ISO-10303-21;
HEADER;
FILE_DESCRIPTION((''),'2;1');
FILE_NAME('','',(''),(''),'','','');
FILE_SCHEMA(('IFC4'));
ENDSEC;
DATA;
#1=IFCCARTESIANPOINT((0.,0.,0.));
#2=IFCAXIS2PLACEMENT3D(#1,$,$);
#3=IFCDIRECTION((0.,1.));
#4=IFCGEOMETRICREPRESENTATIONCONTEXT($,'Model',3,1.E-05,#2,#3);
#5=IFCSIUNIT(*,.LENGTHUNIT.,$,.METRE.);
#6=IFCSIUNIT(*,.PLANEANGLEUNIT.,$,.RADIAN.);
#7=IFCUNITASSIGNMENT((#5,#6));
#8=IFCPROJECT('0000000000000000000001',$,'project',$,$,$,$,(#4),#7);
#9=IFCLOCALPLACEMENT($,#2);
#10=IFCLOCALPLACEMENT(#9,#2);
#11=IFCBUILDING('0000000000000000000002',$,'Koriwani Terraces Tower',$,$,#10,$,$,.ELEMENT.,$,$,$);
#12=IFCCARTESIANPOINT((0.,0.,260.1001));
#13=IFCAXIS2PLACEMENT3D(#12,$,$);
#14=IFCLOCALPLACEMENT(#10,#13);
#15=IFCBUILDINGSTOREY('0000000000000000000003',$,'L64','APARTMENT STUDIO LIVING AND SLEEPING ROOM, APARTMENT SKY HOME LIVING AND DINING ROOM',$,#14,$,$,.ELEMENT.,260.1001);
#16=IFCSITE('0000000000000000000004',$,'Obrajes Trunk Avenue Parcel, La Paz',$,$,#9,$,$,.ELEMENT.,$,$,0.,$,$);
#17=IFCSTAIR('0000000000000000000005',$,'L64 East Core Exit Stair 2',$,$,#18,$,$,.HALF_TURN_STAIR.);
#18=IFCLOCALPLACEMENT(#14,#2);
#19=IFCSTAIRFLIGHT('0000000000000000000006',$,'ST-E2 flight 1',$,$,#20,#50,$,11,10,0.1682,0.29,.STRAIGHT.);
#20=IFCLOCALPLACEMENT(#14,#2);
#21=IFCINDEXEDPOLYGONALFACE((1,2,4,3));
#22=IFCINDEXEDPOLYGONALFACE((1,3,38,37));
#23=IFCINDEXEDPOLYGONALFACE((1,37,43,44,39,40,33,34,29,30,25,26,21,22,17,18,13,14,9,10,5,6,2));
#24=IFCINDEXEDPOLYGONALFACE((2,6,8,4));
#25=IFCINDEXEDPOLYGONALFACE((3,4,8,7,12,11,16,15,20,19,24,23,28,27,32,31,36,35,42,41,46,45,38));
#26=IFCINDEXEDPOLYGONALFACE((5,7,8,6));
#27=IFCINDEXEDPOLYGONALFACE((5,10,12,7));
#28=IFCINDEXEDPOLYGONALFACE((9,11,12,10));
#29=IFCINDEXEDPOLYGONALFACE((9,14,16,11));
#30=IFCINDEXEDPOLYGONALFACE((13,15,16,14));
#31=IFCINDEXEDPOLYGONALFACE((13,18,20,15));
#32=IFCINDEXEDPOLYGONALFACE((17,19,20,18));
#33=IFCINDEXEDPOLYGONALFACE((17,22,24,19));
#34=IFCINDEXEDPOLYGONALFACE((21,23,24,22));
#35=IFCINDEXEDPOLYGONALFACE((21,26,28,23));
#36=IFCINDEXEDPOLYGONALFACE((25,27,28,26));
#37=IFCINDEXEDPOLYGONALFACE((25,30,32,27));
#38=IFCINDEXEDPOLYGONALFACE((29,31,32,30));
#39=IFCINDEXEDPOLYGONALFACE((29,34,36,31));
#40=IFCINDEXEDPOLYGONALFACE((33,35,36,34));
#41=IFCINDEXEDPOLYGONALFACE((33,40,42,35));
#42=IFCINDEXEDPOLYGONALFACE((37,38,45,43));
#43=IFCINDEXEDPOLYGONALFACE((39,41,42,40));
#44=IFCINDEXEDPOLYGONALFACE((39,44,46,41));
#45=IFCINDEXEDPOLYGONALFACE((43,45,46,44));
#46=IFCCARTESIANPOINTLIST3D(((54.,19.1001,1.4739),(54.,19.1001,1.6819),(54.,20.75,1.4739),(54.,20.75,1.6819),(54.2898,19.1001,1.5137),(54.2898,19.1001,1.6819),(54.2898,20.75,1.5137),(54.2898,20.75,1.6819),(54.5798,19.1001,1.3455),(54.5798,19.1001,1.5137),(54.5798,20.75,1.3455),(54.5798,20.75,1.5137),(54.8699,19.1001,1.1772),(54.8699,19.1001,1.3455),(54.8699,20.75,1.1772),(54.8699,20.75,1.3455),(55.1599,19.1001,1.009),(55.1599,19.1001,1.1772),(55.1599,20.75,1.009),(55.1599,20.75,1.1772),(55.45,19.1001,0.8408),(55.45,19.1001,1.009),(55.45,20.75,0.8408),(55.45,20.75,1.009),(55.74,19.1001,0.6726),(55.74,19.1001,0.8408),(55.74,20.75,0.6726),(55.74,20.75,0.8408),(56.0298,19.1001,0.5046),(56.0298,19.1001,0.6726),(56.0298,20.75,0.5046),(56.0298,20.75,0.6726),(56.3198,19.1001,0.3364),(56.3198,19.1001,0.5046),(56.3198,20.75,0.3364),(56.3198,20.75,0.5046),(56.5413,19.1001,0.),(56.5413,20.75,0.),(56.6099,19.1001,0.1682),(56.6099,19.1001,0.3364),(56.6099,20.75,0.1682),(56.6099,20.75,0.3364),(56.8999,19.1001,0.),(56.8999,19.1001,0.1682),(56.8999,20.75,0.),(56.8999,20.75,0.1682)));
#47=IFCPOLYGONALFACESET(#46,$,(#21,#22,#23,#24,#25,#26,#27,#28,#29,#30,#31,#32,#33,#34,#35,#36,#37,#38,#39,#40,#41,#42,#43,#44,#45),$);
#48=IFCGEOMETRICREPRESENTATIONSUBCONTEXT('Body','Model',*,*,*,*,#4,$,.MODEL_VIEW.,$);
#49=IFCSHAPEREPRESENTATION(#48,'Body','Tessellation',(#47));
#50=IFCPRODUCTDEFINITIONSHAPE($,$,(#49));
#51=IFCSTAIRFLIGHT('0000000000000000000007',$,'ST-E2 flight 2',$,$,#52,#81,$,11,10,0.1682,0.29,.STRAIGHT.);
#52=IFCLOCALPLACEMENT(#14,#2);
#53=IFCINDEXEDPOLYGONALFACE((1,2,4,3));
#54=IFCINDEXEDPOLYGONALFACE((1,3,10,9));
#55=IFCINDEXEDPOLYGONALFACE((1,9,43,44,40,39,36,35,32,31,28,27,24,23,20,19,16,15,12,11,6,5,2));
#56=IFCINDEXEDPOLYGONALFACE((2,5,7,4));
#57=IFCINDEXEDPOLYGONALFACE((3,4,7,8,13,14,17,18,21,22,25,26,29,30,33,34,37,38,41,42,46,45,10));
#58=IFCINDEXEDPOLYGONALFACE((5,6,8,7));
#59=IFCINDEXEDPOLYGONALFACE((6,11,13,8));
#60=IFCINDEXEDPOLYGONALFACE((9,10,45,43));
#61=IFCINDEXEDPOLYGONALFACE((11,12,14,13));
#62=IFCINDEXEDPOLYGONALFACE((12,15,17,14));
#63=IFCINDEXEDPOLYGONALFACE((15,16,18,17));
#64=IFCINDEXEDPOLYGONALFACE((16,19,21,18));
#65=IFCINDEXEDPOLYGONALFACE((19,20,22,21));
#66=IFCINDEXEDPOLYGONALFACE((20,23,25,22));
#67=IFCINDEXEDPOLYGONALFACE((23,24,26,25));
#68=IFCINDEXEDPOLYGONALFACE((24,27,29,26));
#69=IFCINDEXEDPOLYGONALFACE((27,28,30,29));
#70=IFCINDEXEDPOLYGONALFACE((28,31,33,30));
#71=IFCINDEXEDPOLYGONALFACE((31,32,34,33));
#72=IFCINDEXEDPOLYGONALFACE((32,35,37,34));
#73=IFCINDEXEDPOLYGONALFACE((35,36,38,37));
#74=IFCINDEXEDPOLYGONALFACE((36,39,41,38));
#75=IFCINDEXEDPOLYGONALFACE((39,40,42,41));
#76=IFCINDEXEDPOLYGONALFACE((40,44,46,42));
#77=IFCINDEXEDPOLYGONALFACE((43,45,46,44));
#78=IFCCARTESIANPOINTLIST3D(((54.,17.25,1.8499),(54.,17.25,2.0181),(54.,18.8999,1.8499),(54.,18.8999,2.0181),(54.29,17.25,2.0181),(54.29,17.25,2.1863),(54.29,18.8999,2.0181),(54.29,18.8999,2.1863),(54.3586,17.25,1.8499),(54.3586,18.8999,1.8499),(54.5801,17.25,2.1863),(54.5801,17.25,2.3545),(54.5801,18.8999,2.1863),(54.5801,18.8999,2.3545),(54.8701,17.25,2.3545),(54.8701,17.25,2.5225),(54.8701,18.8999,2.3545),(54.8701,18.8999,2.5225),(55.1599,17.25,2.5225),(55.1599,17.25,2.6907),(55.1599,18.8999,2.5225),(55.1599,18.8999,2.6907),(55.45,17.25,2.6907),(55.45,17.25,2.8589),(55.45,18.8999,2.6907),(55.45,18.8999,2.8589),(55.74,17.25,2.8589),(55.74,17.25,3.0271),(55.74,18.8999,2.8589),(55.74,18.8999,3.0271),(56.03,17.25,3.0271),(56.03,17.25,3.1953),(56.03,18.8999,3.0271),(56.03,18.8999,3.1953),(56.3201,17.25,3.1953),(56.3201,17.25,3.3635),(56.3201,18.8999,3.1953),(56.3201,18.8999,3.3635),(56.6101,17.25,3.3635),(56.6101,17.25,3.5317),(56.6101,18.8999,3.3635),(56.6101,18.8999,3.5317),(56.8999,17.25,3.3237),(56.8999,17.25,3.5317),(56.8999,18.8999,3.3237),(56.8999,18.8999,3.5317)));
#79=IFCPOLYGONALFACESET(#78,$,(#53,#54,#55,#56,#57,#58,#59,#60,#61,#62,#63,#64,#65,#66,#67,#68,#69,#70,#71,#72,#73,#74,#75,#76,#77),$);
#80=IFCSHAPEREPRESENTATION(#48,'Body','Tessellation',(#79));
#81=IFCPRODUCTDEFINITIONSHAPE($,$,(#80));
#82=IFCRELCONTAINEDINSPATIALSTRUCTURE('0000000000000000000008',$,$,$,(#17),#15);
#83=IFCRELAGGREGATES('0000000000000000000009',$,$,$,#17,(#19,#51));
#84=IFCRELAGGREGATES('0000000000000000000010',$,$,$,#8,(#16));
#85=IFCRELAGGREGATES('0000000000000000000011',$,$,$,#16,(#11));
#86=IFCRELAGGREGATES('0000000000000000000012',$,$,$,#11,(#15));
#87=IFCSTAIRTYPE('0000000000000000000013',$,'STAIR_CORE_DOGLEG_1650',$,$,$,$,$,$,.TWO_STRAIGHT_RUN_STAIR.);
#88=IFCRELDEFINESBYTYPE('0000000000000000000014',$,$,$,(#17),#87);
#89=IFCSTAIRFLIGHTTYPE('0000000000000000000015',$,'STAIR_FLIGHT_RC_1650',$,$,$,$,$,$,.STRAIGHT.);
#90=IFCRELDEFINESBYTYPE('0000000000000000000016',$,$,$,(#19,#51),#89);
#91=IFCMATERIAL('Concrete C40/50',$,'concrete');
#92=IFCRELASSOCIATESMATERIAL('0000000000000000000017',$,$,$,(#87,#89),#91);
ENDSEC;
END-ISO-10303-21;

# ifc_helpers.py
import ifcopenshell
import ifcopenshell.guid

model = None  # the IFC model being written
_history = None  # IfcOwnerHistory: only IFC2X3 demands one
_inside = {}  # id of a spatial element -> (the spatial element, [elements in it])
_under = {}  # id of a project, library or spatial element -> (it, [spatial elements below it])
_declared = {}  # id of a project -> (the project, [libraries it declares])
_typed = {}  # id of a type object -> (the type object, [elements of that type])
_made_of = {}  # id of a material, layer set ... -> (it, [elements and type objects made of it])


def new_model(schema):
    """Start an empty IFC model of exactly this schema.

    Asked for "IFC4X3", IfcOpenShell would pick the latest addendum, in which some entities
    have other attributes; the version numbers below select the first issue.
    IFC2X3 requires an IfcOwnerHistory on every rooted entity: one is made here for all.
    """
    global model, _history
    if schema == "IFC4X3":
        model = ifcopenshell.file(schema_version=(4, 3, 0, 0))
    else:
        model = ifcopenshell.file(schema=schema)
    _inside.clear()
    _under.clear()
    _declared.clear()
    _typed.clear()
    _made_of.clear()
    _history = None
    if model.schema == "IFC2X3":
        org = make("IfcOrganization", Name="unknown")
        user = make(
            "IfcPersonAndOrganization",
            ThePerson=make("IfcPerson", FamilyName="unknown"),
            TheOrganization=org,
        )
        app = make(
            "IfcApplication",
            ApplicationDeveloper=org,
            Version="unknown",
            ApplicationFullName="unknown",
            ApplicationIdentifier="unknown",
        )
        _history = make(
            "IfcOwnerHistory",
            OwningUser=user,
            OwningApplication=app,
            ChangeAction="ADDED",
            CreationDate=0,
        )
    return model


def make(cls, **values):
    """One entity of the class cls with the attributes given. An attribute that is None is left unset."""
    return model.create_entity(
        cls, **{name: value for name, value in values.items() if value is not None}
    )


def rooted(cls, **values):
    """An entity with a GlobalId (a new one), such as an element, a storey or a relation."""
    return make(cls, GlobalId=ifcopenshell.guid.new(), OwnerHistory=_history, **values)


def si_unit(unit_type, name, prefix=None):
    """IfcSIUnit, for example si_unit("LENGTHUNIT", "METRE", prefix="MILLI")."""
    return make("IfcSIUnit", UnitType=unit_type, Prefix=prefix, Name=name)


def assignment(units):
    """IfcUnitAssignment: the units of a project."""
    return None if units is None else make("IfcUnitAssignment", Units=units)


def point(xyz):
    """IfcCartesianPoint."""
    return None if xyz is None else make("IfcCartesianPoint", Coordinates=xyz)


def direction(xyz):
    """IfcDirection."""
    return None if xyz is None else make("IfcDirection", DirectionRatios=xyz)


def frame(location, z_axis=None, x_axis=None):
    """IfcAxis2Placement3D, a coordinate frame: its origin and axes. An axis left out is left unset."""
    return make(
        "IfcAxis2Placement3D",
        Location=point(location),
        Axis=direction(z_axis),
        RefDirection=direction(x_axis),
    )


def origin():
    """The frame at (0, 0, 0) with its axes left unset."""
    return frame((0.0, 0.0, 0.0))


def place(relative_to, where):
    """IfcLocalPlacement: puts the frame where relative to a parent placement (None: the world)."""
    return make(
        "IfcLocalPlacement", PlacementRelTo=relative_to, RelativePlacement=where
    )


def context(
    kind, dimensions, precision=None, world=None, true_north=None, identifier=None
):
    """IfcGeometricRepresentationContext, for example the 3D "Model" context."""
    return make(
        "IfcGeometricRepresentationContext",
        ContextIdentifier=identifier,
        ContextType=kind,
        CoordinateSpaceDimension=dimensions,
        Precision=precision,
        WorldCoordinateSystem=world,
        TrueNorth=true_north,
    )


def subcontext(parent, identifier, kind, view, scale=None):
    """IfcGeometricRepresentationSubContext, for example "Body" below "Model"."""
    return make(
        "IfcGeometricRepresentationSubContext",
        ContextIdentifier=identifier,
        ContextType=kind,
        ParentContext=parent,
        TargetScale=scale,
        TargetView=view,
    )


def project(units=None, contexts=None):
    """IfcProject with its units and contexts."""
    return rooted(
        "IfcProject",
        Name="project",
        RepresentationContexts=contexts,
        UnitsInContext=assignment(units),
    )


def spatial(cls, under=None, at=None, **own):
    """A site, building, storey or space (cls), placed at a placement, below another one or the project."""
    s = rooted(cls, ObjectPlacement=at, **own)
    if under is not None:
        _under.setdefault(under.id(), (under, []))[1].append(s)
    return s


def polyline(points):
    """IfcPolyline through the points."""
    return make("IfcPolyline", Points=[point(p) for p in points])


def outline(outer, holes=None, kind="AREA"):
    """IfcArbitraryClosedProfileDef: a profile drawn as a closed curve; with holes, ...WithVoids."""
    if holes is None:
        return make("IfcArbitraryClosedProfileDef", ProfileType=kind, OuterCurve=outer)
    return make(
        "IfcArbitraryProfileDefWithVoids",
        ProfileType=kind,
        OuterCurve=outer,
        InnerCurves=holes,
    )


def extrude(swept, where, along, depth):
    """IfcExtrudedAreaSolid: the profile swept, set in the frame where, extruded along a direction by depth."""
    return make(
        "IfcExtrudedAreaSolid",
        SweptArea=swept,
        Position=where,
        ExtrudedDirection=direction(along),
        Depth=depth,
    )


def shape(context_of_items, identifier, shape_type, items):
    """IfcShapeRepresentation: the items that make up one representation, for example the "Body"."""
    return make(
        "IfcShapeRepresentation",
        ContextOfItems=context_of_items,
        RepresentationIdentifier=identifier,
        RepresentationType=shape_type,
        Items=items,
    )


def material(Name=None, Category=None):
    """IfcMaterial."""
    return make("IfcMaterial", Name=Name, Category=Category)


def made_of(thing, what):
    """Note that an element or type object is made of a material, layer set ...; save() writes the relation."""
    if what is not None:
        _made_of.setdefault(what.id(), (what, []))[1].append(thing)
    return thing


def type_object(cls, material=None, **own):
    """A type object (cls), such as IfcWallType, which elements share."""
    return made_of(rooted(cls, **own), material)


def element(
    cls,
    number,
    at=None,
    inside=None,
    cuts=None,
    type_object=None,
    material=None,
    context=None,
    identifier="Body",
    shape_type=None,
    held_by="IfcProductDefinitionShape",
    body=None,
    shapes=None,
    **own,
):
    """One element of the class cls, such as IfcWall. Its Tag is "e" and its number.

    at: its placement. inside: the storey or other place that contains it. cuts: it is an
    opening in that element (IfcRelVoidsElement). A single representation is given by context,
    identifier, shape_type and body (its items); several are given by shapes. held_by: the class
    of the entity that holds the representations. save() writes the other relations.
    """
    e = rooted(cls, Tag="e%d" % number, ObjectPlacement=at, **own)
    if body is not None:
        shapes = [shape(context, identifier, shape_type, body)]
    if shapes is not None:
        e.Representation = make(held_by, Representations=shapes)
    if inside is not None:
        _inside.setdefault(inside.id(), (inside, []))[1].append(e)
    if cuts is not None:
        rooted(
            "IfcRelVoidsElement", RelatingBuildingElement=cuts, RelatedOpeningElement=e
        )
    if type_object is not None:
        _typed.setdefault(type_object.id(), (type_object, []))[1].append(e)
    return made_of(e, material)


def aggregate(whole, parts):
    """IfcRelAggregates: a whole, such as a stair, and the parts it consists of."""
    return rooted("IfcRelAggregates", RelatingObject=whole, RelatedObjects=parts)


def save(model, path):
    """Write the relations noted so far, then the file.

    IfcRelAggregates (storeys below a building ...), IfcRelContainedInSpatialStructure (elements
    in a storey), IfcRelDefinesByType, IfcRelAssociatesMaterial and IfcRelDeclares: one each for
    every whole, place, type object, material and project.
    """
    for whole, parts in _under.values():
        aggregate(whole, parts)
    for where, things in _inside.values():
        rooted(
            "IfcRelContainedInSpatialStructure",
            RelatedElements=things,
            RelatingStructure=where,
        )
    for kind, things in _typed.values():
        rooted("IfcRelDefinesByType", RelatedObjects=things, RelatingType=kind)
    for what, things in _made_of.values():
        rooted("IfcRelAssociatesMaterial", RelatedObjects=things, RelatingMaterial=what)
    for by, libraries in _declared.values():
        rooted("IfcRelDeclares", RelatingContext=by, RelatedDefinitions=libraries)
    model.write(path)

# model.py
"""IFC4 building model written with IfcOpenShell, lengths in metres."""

from ifc_helpers import new_model, si_unit, direction, frame, origin, place, context, subcontext, project, spatial, polyline, outline, extrude, material, type_object, element, aggregate, save


model = new_model("IFC4")

# Units and contexts
model_context = context("Model", 3, precision=1e-05, world=origin(), true_north=direction((0.0, 1.0)))
body_context = subcontext(model_context, "Body", "Model", "MODEL_VIEW")
ifc_project = project(units=[si_unit("LENGTHUNIT", "METRE"), si_unit("PLANEANGLEUNIT", "RADIAN")], contexts=[model_context])

# Site, building, storey
site_placement = place(None, origin())
site = spatial("IfcSite", under=ifc_project, at=site_placement, Name="Obrajes Trunk Avenue Parcel, La Paz", CompositionType="ELEMENT", RefElevation=0.0)
building_placement = place(site_placement, origin())
building = spatial("IfcBuilding", under=site, at=building_placement, Name="Koriwani Terraces Tower", CompositionType="ELEMENT")
storey_placement = place(building_placement, frame((0.0, 0.0, 260.1001)))
storey = spatial("IfcBuildingStorey", under=building, at=storey_placement, Name="L64", Description="APARTMENT STUDIO LIVING AND SLEEPING ROOM, APARTMENT SKY HOME LIVING AND DINING ROOM", CompositionType="ELEMENT", Elevation=260.1001)

# Shared definitions
ifc_material_1 = material(Name="Concrete C40/50", Category="concrete")

# Stair, stair flights
stair_type = type_object("IfcStairType", Name="STAIR_CORE_DOGLEG_1650", PredefinedType="TWO_STRAIGHT_RUN_STAIR", material=ifc_material_1)
stair_flight_type = type_object("IfcStairFlightType", Name="STAIR_FLIGHT_RC_1650", PredefinedType="STRAIGHT", material=ifc_material_1)
stair_1_placement = place(storey_placement, origin())
stair_1 = element("IfcStair", 1, at=stair_1_placement, inside=storey, type_object=stair_type, Name="L64 East Core Exit Stair 2", PredefinedType="HALF_TURN_STAIR")
stair_flight_1_placement = place(storey_placement, frame((56.8999, 19.925, 0.0), z_axis=(0.0, 0.0, 1.0), x_axis=(-1.0, 0.0, 0.0)))
stair_flight_1 = element("IfcStairFlight", 2, at=stair_flight_1_placement, type_object=stair_flight_type, Name="ST-E2 flight 1", NumberOfRisers=11, NumberOfTreads=10, PredefinedType="STRAIGHT", RiserHeight=0.1682, TreadLength=0.29, context=body_context, shape_type="SweptSolid", body=[
    extrude(outline(polyline([(0.0, 0.0), (0.0, 0.1682), (0.29, 0.1682), (0.29, 0.3364), (0.5801, 0.3364), (0.5801, 0.5046), (0.8701, 0.5046), (0.8701, 0.6726), (1.1599, 0.6726), (1.1599, 0.8408), (1.45, 0.8408), (1.45, 1.009), (1.74, 1.009), (1.74, 1.1772), (2.03, 1.1772), (2.03, 1.3455), (2.3201, 1.3455), (2.3201, 1.5137), (2.6101, 1.5137), (2.6101, 1.6819), (2.8999, 1.6819), (2.8999, 1.8501), (2.8999, 1.4739), (0.3586, 0.0), (0.0, 0.0)])), frame((0.0, 0.825, 0.0), z_axis=(0.0, -1.0, 0.0), x_axis=(1.0, 0.0, 0.0)), (0.0, 0.0, 1.0), 1.6499),
])
stair_flight_2_placement = place(storey_placement, frame((54.0, 18.075, 1.8499), z_axis=(0.0, 0.0, 1.0), x_axis=(1.0, 0.0, 0.0)))
stair_flight_2 = element("IfcStairFlight", 3, at=stair_flight_2_placement, type_object=stair_flight_type, Name="ST-E2 flight 2", NumberOfRisers=11, NumberOfTreads=10, PredefinedType="STRAIGHT", RiserHeight=0.1682, TreadLength=0.29, context=body_context, shape_type="SweptSolid", body=[
    extrude(outline(polyline([(0.0, 0.0), (0.0, 0.1682), (0.29, 0.1682), (0.29, 0.3364), (0.5801, 0.3364), (0.5801, 0.5046), (0.8701, 0.5046), (0.8701, 0.6726), (1.1599, 0.6726), (1.1599, 0.8408), (1.45, 0.8408), (1.45, 1.009), (1.74, 1.009), (1.74, 1.1772), (2.03, 1.1772), (2.03, 1.3455), (2.3201, 1.3455), (2.3201, 1.5137), (2.6101, 1.5137), (2.6101, 1.6819), (2.8999, 1.6819), (2.8999, 1.8501), (2.8999, 1.4739), (0.3586, 0.0), (0.0, 0.0)])), frame((0.0, 0.825, 0.0), z_axis=(0.0, -1.0, 0.0), x_axis=(1.0, 0.0, 0.0)), (0.0, 0.0, 1.0), 1.6499),
])
aggregate(stair_1, [stair_flight_1, stair_flight_2])

save(model, "model.ifc")
